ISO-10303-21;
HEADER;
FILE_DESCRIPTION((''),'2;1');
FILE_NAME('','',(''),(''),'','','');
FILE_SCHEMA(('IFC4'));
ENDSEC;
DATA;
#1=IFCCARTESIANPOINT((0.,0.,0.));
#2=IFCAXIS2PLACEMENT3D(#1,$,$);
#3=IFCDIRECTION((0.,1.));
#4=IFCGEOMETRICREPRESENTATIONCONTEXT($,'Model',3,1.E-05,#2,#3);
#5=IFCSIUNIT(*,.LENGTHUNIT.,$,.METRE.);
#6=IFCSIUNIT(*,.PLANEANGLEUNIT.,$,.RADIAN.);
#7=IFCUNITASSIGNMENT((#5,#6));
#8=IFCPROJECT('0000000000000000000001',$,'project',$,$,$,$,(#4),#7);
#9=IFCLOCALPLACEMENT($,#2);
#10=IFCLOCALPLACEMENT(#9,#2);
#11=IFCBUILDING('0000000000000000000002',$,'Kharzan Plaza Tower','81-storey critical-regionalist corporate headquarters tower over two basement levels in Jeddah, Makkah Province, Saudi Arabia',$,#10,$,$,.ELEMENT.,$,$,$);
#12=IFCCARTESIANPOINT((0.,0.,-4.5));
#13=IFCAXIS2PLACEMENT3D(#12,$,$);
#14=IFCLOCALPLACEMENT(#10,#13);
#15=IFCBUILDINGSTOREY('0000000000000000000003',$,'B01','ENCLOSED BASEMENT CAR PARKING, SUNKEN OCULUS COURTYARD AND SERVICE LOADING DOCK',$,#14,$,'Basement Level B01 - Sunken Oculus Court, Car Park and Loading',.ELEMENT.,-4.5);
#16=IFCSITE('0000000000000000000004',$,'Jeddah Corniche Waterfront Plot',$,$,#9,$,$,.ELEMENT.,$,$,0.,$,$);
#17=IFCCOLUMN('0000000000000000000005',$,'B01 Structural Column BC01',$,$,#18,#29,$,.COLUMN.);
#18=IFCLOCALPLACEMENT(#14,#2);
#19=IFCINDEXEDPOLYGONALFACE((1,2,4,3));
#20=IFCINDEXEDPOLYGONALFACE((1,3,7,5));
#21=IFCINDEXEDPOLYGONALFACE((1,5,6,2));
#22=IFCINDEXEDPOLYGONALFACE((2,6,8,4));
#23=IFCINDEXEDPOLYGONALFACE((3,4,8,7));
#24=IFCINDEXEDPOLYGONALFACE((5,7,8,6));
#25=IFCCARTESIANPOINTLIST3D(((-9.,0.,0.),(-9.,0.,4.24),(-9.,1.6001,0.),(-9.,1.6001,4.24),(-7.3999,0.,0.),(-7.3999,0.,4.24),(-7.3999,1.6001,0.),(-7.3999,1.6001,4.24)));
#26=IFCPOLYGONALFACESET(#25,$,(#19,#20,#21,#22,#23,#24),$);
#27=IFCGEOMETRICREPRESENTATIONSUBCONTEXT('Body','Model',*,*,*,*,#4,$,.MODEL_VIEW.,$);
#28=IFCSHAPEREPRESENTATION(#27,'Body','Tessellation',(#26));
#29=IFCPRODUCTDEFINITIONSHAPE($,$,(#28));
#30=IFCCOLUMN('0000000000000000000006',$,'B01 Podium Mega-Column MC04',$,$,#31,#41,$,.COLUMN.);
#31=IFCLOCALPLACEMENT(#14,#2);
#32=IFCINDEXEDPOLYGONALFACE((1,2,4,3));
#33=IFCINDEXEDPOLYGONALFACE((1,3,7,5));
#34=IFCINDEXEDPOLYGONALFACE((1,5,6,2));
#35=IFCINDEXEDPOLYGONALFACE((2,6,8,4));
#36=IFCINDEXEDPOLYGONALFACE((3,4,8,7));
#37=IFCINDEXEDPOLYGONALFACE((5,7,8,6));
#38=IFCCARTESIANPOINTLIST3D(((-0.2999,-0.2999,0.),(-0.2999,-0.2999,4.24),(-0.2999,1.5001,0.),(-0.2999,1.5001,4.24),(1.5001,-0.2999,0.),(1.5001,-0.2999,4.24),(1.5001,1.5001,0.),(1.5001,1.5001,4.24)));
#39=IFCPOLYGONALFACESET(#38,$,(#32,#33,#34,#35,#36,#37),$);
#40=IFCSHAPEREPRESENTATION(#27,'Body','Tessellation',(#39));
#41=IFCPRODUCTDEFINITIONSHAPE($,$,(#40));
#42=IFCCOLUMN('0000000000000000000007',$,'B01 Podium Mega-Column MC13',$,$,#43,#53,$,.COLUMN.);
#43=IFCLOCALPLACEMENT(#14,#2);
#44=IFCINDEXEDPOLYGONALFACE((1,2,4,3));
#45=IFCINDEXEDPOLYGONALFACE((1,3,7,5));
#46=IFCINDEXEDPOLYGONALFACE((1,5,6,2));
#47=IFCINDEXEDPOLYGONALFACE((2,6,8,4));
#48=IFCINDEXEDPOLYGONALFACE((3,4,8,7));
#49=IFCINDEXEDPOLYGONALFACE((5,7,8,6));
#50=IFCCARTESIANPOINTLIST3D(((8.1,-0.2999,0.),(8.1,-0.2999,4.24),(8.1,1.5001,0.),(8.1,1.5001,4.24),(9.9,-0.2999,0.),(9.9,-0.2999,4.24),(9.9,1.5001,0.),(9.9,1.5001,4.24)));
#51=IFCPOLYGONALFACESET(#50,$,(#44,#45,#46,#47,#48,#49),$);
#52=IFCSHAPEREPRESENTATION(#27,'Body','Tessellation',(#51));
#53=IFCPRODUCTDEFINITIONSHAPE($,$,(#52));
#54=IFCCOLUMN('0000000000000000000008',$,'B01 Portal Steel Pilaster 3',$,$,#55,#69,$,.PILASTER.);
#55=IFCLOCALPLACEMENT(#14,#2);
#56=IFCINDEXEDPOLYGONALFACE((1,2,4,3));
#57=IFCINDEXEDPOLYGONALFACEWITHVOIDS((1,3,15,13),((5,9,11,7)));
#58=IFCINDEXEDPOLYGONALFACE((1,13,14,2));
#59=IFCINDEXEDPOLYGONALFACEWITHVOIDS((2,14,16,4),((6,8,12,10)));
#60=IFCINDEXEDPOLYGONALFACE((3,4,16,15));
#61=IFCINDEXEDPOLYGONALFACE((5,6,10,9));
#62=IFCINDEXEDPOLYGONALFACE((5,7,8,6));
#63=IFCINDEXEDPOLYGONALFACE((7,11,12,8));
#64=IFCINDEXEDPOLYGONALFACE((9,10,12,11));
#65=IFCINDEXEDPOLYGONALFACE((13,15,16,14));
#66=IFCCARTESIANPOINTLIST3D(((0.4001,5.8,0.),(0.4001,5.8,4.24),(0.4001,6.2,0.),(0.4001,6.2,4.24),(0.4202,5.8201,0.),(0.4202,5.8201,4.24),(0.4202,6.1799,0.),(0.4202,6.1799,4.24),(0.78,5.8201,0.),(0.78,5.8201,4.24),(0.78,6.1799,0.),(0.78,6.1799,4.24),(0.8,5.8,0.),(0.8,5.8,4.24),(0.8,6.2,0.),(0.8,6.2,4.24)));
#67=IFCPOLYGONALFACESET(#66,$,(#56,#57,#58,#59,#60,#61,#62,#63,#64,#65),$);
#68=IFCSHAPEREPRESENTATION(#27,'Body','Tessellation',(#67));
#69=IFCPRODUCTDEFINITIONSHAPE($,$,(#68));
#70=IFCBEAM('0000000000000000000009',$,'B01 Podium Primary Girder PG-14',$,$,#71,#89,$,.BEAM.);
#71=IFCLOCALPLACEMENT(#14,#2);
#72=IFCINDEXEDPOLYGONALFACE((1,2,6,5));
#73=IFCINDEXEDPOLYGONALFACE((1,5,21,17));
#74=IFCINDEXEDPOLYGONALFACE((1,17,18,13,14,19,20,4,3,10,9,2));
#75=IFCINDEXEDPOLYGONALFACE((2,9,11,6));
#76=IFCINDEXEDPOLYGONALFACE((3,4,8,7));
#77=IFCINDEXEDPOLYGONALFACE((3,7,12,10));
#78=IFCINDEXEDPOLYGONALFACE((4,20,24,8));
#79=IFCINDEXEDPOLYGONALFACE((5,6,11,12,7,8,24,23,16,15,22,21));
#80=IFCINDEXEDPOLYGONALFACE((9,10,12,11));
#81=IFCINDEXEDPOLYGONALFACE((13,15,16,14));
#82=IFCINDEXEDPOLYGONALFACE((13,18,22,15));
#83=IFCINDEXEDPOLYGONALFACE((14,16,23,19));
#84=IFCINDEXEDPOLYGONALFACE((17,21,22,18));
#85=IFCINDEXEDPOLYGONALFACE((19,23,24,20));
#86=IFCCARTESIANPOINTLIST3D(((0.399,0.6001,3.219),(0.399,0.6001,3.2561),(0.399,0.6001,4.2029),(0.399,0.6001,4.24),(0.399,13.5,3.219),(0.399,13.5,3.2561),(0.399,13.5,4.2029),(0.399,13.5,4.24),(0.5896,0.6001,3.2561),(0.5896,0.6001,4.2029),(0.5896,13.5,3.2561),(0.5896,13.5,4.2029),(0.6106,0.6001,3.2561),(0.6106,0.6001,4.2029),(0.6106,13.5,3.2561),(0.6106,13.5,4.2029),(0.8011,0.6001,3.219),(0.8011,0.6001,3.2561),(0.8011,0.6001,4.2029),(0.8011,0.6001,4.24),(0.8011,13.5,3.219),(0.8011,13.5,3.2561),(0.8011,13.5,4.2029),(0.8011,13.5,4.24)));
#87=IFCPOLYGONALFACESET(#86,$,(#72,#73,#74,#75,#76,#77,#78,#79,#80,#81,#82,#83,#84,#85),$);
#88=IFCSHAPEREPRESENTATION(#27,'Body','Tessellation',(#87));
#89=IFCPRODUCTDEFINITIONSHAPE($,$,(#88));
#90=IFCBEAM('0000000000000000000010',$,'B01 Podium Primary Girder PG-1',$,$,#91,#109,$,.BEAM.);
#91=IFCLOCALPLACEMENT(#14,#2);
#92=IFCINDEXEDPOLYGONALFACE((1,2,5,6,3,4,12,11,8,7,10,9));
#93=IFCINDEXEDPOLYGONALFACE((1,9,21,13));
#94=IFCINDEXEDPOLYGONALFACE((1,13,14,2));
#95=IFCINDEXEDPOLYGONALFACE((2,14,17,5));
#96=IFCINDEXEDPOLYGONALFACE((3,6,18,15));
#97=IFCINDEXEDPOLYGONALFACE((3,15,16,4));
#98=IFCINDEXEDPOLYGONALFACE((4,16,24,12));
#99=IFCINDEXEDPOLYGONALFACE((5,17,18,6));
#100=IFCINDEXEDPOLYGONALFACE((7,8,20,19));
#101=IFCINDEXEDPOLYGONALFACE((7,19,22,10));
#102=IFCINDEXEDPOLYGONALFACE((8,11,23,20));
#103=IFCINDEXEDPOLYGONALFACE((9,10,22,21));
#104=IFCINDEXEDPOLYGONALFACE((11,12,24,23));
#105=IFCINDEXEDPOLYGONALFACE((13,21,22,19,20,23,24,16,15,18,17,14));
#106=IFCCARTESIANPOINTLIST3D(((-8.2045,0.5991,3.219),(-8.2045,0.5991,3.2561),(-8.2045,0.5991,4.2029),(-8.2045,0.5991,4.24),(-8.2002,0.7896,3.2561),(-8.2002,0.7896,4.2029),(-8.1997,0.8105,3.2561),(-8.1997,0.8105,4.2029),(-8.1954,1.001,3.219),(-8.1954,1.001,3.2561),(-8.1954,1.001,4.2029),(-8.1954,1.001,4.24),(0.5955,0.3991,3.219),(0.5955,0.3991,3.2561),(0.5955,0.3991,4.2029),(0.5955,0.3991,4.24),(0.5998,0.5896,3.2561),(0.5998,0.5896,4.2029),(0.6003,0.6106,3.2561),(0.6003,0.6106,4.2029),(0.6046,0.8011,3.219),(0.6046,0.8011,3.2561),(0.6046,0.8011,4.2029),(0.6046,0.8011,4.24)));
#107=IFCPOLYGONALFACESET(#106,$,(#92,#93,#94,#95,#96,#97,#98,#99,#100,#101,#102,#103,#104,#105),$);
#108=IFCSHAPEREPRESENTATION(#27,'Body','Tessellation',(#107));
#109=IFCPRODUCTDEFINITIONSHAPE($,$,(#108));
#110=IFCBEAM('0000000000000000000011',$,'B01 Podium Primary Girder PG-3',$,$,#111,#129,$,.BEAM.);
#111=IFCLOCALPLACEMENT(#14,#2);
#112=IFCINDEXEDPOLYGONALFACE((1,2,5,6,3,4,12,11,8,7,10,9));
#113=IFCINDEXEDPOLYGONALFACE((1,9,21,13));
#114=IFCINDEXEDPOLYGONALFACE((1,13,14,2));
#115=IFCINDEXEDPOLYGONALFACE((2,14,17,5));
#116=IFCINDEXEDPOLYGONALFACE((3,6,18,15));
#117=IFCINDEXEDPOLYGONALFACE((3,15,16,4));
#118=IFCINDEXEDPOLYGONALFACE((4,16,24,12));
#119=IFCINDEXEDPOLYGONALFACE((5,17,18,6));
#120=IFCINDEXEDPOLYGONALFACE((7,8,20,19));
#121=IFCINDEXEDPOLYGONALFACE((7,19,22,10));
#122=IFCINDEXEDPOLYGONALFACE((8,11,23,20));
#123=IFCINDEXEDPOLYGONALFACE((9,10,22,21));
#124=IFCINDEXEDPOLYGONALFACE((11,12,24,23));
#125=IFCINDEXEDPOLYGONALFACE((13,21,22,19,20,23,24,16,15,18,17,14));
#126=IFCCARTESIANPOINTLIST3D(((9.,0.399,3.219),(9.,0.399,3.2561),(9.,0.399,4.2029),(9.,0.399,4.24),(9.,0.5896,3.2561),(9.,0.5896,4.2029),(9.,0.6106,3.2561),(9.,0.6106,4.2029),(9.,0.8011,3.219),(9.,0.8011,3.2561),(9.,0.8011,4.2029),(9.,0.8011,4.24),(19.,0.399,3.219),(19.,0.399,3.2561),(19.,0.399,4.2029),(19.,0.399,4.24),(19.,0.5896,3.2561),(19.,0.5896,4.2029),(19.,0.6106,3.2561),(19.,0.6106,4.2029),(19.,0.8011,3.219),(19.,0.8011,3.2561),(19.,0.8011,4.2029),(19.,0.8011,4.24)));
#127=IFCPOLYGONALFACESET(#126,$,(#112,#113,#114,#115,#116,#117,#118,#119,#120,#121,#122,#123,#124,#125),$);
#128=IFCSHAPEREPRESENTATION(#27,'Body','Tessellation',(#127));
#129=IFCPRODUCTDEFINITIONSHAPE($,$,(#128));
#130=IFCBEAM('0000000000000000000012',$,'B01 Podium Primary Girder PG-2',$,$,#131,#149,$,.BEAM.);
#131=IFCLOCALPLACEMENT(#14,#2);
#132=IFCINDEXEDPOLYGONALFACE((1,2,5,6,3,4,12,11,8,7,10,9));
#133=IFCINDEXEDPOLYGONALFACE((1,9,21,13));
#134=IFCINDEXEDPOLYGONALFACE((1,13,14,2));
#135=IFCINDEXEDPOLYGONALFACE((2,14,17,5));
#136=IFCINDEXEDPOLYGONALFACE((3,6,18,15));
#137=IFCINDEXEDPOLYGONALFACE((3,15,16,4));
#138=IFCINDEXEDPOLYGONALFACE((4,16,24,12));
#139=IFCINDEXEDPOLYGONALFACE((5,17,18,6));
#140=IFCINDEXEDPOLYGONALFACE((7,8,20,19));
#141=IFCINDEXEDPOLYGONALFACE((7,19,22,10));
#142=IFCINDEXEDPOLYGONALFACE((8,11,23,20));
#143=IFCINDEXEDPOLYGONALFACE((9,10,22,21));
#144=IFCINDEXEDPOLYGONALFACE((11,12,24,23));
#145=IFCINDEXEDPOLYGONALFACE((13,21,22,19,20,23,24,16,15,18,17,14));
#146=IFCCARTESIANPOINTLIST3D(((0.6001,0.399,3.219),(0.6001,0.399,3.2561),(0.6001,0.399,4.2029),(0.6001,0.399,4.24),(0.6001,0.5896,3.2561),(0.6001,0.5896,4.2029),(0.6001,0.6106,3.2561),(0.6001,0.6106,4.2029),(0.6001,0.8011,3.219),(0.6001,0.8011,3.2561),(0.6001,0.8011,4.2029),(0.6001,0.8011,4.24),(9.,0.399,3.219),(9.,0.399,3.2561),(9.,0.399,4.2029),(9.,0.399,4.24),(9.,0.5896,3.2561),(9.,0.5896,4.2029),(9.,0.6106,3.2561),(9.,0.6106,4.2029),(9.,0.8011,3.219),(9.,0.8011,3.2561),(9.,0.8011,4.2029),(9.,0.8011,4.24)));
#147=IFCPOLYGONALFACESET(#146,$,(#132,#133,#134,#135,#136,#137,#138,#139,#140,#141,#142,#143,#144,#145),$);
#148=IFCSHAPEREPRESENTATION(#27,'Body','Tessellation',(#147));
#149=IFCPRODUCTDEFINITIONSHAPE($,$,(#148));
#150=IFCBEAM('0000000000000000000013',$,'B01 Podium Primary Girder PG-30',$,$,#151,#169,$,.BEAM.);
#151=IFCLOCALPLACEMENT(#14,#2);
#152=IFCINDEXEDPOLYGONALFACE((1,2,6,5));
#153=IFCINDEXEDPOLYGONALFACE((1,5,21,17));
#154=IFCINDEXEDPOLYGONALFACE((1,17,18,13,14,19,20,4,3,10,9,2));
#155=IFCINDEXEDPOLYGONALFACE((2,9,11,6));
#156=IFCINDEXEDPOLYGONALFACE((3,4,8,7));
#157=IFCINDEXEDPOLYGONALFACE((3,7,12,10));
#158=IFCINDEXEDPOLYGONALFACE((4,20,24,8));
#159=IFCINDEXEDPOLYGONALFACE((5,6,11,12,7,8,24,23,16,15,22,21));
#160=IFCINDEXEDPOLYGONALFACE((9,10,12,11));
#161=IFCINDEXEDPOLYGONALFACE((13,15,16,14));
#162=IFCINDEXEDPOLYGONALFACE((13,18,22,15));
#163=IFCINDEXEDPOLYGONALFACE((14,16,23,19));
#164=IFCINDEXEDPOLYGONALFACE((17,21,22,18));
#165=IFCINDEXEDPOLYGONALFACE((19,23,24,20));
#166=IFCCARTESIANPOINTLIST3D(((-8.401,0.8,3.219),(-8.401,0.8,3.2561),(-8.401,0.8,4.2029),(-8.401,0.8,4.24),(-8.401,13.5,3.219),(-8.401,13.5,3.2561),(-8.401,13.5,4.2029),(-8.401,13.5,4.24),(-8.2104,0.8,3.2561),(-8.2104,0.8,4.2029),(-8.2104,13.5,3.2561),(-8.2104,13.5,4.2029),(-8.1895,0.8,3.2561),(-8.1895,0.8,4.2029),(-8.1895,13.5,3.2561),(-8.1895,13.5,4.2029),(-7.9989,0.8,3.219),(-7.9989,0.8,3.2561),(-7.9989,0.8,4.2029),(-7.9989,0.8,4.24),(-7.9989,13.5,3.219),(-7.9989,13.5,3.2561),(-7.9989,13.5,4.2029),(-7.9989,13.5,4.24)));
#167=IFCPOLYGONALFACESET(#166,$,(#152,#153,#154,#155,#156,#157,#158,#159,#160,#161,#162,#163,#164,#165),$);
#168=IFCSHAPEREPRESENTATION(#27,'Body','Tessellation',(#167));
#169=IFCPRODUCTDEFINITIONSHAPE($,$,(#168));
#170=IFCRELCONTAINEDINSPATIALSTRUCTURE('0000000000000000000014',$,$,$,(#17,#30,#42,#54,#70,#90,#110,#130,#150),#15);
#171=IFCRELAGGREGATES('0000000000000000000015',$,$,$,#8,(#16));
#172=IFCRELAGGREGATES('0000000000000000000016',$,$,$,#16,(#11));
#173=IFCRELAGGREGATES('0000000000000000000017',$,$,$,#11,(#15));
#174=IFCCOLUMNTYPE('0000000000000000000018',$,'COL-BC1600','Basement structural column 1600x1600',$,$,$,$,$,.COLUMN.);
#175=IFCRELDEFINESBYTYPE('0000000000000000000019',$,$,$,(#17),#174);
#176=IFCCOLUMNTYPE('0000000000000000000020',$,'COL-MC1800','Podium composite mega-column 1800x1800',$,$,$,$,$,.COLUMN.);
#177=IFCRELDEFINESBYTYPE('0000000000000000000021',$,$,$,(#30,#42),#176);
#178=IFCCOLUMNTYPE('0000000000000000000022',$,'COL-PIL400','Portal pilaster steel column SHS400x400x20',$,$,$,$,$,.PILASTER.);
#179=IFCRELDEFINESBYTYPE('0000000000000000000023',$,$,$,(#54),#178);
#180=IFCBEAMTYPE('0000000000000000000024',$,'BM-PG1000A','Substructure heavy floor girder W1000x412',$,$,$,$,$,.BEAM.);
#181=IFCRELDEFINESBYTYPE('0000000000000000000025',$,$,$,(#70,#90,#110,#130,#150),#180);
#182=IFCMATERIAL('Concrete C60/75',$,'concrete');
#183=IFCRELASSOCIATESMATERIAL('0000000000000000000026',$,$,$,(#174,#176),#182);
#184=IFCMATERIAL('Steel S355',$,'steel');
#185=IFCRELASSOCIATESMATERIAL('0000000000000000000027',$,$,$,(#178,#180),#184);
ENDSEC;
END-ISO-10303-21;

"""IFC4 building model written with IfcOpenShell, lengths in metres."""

from ifc_helpers import new_model, si_unit, direction, frame, origin, origin_2d, place, context, subcontext, project, spatial, rectangle, hollow_rectangle, i_section, extrude, source, transform, mapped, material, material_profile, profile_set, type_object, element, save


model = new_model("IFC4")

# Units and contexts
model_context = context("Model", 3, precision=1e-05, world=origin(), true_north=direction((0.0, 1.0)))
body_context = subcontext(model_context, "Body", "Model", "MODEL_VIEW")
ifc_project = project(units=[si_unit("LENGTHUNIT", "METRE"), si_unit("PLANEANGLEUNIT", "RADIAN")], contexts=[model_context])

# Site, building, storey
site_placement = place(None, origin())
site = spatial("IfcSite", under=ifc_project, at=site_placement, Name="Jeddah Corniche Waterfront Plot", CompositionType="ELEMENT", RefElevation=0.0)
building_placement = place(site_placement, origin())
building = spatial("IfcBuilding", under=site, at=building_placement, Name="Kharzan Plaza Tower", Description="81-storey critical-regionalist corporate headquarters tower over two basement levels in Jeddah, Makkah Province, Saudi Arabia", CompositionType="ELEMENT")
storey_placement = place(building_placement, frame((0.0, 0.0, -4.5)))
storey = spatial("IfcBuildingStorey", under=building, at=storey_placement, Name="B01", Description="ENCLOSED BASEMENT CAR PARKING, SUNKEN OCULUS COURTYARD AND SERVICE LOADING DOCK", LongName="Basement Level B01 - Sunken Oculus Court, Car Park and Loading", CompositionType="ELEMENT", Elevation=-4.5)

# Columns
ifc_material_1 = material(Name="Concrete C60/75", Category="concrete")
ifc_material_profile_1 = material_profile(ifc_material_1, rectangle(XDim=1.6001, YDim=1.6001, at=origin_2d()), Name="RC-MC1600x1600")
ifc_profile_set_1 = profile_set([ifc_material_profile_1], Name="Concrete C60/75")
column_type_1 = type_object("IfcColumnType", Name="COL-BC1600", Description="Basement structural column 1600x1600", PredefinedType="COLUMN", material=ifc_profile_set_1)
shared_shape_1 = source(origin(), body_context, "Body", "SweptSolid", [
    extrude(rectangle(XDim=1.6001, YDim=1.6001, at=origin_2d()), origin(), (0.0, 0.0, 1.0), 4.24),
])
column_1_placement = place(storey_placement, frame((-8.2, 0.8, 0.0), z_axis=(0.0, 0.0, 1.0), x_axis=(1.0, 0.0, 0.0)))
element("IfcColumn", 1, at=column_1_placement, inside=storey, type_object=column_type_1, Name="B01 Structural Column BC01", PredefinedType="COLUMN", context=body_context, shape_type="MappedRepresentation", body=[
    mapped(shared_shape_1, transform((0.0, 0.0, 0.0), x_axis=(1.0, 0.0, 0.0), y_axis=(0.0, 1.0, 0.0), z_axis=(0.0, 0.0, 1.0))),
])
ifc_material_profile_2 = material_profile(ifc_material_1, rectangle(XDim=1.8, YDim=1.8, at=origin_2d()), Name="RC-MC1800x1800")
ifc_profile_set_2 = profile_set([ifc_material_profile_2], Name="Concrete C60/75")
column_type_2 = type_object("IfcColumnType", Name="COL-MC1800", Description="Podium composite mega-column 1800x1800", PredefinedType="COLUMN", material=ifc_profile_set_2)
shared_shape_2 = source(origin(), body_context, "Body", "SweptSolid", [
    extrude(rectangle(XDim=1.8, YDim=1.8, at=origin_2d()), origin(), (0.0, 0.0, 1.0), 4.24),
])
for number, where, z_axis, x_axis, name in (
    (2, (0.6001, 0.6001, 0.0), (0.0, 0.0, 1.0), (1.0, 0.0, 0.0), "B01 Podium Mega-Column MC04"),
    (3, (9.0, 0.6001, 0.0), (0.0, 0.0, 1.0), (1.0, 0.0, 0.0), "B01 Podium Mega-Column MC13"),
):
    element("IfcColumn", number, at=place(storey_placement, frame(where, z_axis=z_axis, x_axis=x_axis)), inside=storey, type_object=column_type_2, Name=name, PredefinedType="COLUMN", context=body_context, shape_type="MappedRepresentation", body=[
        mapped(shared_shape_2, transform((0.0, 0.0, 0.0), x_axis=(1.0, 0.0, 0.0), y_axis=(0.0, 1.0, 0.0), z_axis=(0.0, 0.0, 1.0))),
    ])
ifc_material_2 = material(Name="Steel S355", Category="steel")
ifc_material_profile_3 = material_profile(ifc_material_2, hollow_rectangle(XDim=0.3999, YDim=0.3999, WallThickness=0.02, at=origin_2d()), Name="SHS400x400x20")
ifc_profile_set_3 = profile_set([ifc_material_profile_3], Name="Steel S355")
column_type_3 = type_object("IfcColumnType", Name="COL-PIL400", Description="Portal pilaster steel column SHS400x400x20", PredefinedType="PILASTER", material=ifc_profile_set_3)
shared_shape_3 = source(origin(), body_context, "Body", "SweptSolid", [
    extrude(hollow_rectangle(XDim=0.3999, YDim=0.3999, WallThickness=0.02, at=origin_2d()), origin(), (0.0, 0.0, 1.0), 4.24),
])
column_2_placement = place(storey_placement, frame((0.6001, 6.0, 0.0), z_axis=(0.0, 0.0, 1.0), x_axis=(1.0, 0.0, 0.0)))
element("IfcColumn", 4, at=column_2_placement, inside=storey, type_object=column_type_3, Name="B01 Portal Steel Pilaster 3", PredefinedType="PILASTER", context=body_context, shape_type="MappedRepresentation", body=[
    mapped(shared_shape_3, transform((0.0, 0.0, 0.0), x_axis=(1.0, 0.0, 0.0), y_axis=(0.0, 1.0, 0.0), z_axis=(0.0, 0.0, 1.0))),
])

# Beams
ifc_material_profile_4 = material_profile(ifc_material_2, i_section(OverallWidth=0.4021, OverallDepth=1.021, WebThickness=0.021, FlangeThickness=0.0371, at=origin_2d()), Name="W1000x412")
ifc_profile_set_4 = profile_set([ifc_material_profile_4], Name="Steel S355")
beam_type = type_object("IfcBeamType", Name="BM-PG1000A", Description="Substructure heavy floor girder W1000x412", PredefinedType="BEAM", material=ifc_profile_set_4)
shared_shape_4 = source(origin(), body_context, "Body", "SweptSolid", [
    extrude(i_section(OverallWidth=0.4021, OverallDepth=1.021, WebThickness=0.021, FlangeThickness=0.0371, at=origin_2d()), origin(), (0.0, 0.0, 1.0), 12.8999),
])
beam_1_placement = place(storey_placement, frame((0.6001, 0.6001, 3.7295), z_axis=(0.0, 1.0, 0.0), x_axis=(-1.0, 0.0, 0.0)))
element("IfcBeam", 5, at=beam_1_placement, inside=storey, type_object=beam_type, Name="B01 Podium Primary Girder PG-14", PredefinedType="BEAM", context=body_context, shape_type="MappedRepresentation", body=[
    mapped(shared_shape_4, transform((0.0, 0.0, 0.0), x_axis=(1.0, 0.0, 0.0), y_axis=(0.0, 1.0, 0.0), z_axis=(0.0, 0.0, 1.0))),
])
shared_shape_5 = source(origin(), body_context, "Body", "SweptSolid", [
    extrude(i_section(OverallWidth=0.4021, OverallDepth=1.021, WebThickness=0.021, FlangeThickness=0.0371, at=origin_2d()), origin(), (0.0, 0.0, 1.0), 8.8022),
])
beam_2_placement = place(storey_placement, frame((-8.2, 0.8, 3.7295), z_axis=(0.999742, -0.022716, 0.0), x_axis=(0.022716, 0.999742, 0.0)))
element("IfcBeam", 6, at=beam_2_placement, inside=storey, type_object=beam_type, Name="B01 Podium Primary Girder PG-1", PredefinedType="BEAM", context=body_context, shape_type="MappedRepresentation", body=[
    mapped(shared_shape_5, transform((0.0, 0.0, 0.0), x_axis=(1.0, 0.0, 0.0), y_axis=(0.0, 1.0, 0.0), z_axis=(0.0, 0.0, 1.0))),
])
shared_shape_6 = source(origin(), body_context, "Body", "SweptSolid", [
    extrude(i_section(OverallWidth=0.4021, OverallDepth=1.021, WebThickness=0.021, FlangeThickness=0.0371, at=origin_2d()), origin(), (0.0, 0.0, 1.0), 10.0),
])
beam_3_placement = place(storey_placement, frame((9.0, 0.6001, 3.7295), z_axis=(1.0, 0.0, 0.0), x_axis=(0.0, 1.0, 0.0)))
element("IfcBeam", 7, at=beam_3_placement, inside=storey, type_object=beam_type, Name="B01 Podium Primary Girder PG-3", PredefinedType="BEAM", context=body_context, shape_type="MappedRepresentation", body=[
    mapped(shared_shape_6, transform((0.0, 0.0, 0.0), x_axis=(1.0, 0.0, 0.0), y_axis=(0.0, 1.0, 0.0), z_axis=(0.0, 0.0, 1.0))),
])
shared_shape_7 = source(origin(), body_context, "Body", "SweptSolid", [
    extrude(i_section(OverallWidth=0.4021, OverallDepth=1.021, WebThickness=0.021, FlangeThickness=0.0371, at=origin_2d()), origin(), (0.0, 0.0, 1.0), 8.3999),
])
beam_4_placement = place(storey_placement, frame((0.6001, 0.6001, 3.7295), z_axis=(1.0, 0.0, 0.0), x_axis=(0.0, 1.0, 0.0)))
element("IfcBeam", 8, at=beam_4_placement, inside=storey, type_object=beam_type, Name="B01 Podium Primary Girder PG-2", PredefinedType="BEAM", context=body_context, shape_type="MappedRepresentation", body=[
    mapped(shared_shape_7, transform((0.0, 0.0, 0.0), x_axis=(1.0, 0.0, 0.0), y_axis=(0.0, 1.0, 0.0), z_axis=(0.0, 0.0, 1.0))),
])
shared_shape_8 = source(origin(), body_context, "Body", "SweptSolid", [
    extrude(i_section(OverallWidth=0.4021, OverallDepth=1.021, WebThickness=0.021, FlangeThickness=0.0371, at=origin_2d()), origin(), (0.0, 0.0, 1.0), 12.7),
])
beam_5_placement = place(storey_placement, frame((-8.2, 0.8, 3.7295), z_axis=(0.0, 1.0, 0.0), x_axis=(-1.0, 0.0, 0.0)))
element("IfcBeam", 9, at=beam_5_placement, inside=storey, type_object=beam_type, Name="B01 Podium Primary Girder PG-30", PredefinedType="BEAM", context=body_context, shape_type="MappedRepresentation", body=[
    mapped(shared_shape_8, transform((0.0, 0.0, 0.0), x_axis=(1.0, 0.0, 0.0), y_axis=(0.0, 1.0, 0.0), z_axis=(0.0, 0.0, 1.0))),
])

save(model, "model.ifc")
